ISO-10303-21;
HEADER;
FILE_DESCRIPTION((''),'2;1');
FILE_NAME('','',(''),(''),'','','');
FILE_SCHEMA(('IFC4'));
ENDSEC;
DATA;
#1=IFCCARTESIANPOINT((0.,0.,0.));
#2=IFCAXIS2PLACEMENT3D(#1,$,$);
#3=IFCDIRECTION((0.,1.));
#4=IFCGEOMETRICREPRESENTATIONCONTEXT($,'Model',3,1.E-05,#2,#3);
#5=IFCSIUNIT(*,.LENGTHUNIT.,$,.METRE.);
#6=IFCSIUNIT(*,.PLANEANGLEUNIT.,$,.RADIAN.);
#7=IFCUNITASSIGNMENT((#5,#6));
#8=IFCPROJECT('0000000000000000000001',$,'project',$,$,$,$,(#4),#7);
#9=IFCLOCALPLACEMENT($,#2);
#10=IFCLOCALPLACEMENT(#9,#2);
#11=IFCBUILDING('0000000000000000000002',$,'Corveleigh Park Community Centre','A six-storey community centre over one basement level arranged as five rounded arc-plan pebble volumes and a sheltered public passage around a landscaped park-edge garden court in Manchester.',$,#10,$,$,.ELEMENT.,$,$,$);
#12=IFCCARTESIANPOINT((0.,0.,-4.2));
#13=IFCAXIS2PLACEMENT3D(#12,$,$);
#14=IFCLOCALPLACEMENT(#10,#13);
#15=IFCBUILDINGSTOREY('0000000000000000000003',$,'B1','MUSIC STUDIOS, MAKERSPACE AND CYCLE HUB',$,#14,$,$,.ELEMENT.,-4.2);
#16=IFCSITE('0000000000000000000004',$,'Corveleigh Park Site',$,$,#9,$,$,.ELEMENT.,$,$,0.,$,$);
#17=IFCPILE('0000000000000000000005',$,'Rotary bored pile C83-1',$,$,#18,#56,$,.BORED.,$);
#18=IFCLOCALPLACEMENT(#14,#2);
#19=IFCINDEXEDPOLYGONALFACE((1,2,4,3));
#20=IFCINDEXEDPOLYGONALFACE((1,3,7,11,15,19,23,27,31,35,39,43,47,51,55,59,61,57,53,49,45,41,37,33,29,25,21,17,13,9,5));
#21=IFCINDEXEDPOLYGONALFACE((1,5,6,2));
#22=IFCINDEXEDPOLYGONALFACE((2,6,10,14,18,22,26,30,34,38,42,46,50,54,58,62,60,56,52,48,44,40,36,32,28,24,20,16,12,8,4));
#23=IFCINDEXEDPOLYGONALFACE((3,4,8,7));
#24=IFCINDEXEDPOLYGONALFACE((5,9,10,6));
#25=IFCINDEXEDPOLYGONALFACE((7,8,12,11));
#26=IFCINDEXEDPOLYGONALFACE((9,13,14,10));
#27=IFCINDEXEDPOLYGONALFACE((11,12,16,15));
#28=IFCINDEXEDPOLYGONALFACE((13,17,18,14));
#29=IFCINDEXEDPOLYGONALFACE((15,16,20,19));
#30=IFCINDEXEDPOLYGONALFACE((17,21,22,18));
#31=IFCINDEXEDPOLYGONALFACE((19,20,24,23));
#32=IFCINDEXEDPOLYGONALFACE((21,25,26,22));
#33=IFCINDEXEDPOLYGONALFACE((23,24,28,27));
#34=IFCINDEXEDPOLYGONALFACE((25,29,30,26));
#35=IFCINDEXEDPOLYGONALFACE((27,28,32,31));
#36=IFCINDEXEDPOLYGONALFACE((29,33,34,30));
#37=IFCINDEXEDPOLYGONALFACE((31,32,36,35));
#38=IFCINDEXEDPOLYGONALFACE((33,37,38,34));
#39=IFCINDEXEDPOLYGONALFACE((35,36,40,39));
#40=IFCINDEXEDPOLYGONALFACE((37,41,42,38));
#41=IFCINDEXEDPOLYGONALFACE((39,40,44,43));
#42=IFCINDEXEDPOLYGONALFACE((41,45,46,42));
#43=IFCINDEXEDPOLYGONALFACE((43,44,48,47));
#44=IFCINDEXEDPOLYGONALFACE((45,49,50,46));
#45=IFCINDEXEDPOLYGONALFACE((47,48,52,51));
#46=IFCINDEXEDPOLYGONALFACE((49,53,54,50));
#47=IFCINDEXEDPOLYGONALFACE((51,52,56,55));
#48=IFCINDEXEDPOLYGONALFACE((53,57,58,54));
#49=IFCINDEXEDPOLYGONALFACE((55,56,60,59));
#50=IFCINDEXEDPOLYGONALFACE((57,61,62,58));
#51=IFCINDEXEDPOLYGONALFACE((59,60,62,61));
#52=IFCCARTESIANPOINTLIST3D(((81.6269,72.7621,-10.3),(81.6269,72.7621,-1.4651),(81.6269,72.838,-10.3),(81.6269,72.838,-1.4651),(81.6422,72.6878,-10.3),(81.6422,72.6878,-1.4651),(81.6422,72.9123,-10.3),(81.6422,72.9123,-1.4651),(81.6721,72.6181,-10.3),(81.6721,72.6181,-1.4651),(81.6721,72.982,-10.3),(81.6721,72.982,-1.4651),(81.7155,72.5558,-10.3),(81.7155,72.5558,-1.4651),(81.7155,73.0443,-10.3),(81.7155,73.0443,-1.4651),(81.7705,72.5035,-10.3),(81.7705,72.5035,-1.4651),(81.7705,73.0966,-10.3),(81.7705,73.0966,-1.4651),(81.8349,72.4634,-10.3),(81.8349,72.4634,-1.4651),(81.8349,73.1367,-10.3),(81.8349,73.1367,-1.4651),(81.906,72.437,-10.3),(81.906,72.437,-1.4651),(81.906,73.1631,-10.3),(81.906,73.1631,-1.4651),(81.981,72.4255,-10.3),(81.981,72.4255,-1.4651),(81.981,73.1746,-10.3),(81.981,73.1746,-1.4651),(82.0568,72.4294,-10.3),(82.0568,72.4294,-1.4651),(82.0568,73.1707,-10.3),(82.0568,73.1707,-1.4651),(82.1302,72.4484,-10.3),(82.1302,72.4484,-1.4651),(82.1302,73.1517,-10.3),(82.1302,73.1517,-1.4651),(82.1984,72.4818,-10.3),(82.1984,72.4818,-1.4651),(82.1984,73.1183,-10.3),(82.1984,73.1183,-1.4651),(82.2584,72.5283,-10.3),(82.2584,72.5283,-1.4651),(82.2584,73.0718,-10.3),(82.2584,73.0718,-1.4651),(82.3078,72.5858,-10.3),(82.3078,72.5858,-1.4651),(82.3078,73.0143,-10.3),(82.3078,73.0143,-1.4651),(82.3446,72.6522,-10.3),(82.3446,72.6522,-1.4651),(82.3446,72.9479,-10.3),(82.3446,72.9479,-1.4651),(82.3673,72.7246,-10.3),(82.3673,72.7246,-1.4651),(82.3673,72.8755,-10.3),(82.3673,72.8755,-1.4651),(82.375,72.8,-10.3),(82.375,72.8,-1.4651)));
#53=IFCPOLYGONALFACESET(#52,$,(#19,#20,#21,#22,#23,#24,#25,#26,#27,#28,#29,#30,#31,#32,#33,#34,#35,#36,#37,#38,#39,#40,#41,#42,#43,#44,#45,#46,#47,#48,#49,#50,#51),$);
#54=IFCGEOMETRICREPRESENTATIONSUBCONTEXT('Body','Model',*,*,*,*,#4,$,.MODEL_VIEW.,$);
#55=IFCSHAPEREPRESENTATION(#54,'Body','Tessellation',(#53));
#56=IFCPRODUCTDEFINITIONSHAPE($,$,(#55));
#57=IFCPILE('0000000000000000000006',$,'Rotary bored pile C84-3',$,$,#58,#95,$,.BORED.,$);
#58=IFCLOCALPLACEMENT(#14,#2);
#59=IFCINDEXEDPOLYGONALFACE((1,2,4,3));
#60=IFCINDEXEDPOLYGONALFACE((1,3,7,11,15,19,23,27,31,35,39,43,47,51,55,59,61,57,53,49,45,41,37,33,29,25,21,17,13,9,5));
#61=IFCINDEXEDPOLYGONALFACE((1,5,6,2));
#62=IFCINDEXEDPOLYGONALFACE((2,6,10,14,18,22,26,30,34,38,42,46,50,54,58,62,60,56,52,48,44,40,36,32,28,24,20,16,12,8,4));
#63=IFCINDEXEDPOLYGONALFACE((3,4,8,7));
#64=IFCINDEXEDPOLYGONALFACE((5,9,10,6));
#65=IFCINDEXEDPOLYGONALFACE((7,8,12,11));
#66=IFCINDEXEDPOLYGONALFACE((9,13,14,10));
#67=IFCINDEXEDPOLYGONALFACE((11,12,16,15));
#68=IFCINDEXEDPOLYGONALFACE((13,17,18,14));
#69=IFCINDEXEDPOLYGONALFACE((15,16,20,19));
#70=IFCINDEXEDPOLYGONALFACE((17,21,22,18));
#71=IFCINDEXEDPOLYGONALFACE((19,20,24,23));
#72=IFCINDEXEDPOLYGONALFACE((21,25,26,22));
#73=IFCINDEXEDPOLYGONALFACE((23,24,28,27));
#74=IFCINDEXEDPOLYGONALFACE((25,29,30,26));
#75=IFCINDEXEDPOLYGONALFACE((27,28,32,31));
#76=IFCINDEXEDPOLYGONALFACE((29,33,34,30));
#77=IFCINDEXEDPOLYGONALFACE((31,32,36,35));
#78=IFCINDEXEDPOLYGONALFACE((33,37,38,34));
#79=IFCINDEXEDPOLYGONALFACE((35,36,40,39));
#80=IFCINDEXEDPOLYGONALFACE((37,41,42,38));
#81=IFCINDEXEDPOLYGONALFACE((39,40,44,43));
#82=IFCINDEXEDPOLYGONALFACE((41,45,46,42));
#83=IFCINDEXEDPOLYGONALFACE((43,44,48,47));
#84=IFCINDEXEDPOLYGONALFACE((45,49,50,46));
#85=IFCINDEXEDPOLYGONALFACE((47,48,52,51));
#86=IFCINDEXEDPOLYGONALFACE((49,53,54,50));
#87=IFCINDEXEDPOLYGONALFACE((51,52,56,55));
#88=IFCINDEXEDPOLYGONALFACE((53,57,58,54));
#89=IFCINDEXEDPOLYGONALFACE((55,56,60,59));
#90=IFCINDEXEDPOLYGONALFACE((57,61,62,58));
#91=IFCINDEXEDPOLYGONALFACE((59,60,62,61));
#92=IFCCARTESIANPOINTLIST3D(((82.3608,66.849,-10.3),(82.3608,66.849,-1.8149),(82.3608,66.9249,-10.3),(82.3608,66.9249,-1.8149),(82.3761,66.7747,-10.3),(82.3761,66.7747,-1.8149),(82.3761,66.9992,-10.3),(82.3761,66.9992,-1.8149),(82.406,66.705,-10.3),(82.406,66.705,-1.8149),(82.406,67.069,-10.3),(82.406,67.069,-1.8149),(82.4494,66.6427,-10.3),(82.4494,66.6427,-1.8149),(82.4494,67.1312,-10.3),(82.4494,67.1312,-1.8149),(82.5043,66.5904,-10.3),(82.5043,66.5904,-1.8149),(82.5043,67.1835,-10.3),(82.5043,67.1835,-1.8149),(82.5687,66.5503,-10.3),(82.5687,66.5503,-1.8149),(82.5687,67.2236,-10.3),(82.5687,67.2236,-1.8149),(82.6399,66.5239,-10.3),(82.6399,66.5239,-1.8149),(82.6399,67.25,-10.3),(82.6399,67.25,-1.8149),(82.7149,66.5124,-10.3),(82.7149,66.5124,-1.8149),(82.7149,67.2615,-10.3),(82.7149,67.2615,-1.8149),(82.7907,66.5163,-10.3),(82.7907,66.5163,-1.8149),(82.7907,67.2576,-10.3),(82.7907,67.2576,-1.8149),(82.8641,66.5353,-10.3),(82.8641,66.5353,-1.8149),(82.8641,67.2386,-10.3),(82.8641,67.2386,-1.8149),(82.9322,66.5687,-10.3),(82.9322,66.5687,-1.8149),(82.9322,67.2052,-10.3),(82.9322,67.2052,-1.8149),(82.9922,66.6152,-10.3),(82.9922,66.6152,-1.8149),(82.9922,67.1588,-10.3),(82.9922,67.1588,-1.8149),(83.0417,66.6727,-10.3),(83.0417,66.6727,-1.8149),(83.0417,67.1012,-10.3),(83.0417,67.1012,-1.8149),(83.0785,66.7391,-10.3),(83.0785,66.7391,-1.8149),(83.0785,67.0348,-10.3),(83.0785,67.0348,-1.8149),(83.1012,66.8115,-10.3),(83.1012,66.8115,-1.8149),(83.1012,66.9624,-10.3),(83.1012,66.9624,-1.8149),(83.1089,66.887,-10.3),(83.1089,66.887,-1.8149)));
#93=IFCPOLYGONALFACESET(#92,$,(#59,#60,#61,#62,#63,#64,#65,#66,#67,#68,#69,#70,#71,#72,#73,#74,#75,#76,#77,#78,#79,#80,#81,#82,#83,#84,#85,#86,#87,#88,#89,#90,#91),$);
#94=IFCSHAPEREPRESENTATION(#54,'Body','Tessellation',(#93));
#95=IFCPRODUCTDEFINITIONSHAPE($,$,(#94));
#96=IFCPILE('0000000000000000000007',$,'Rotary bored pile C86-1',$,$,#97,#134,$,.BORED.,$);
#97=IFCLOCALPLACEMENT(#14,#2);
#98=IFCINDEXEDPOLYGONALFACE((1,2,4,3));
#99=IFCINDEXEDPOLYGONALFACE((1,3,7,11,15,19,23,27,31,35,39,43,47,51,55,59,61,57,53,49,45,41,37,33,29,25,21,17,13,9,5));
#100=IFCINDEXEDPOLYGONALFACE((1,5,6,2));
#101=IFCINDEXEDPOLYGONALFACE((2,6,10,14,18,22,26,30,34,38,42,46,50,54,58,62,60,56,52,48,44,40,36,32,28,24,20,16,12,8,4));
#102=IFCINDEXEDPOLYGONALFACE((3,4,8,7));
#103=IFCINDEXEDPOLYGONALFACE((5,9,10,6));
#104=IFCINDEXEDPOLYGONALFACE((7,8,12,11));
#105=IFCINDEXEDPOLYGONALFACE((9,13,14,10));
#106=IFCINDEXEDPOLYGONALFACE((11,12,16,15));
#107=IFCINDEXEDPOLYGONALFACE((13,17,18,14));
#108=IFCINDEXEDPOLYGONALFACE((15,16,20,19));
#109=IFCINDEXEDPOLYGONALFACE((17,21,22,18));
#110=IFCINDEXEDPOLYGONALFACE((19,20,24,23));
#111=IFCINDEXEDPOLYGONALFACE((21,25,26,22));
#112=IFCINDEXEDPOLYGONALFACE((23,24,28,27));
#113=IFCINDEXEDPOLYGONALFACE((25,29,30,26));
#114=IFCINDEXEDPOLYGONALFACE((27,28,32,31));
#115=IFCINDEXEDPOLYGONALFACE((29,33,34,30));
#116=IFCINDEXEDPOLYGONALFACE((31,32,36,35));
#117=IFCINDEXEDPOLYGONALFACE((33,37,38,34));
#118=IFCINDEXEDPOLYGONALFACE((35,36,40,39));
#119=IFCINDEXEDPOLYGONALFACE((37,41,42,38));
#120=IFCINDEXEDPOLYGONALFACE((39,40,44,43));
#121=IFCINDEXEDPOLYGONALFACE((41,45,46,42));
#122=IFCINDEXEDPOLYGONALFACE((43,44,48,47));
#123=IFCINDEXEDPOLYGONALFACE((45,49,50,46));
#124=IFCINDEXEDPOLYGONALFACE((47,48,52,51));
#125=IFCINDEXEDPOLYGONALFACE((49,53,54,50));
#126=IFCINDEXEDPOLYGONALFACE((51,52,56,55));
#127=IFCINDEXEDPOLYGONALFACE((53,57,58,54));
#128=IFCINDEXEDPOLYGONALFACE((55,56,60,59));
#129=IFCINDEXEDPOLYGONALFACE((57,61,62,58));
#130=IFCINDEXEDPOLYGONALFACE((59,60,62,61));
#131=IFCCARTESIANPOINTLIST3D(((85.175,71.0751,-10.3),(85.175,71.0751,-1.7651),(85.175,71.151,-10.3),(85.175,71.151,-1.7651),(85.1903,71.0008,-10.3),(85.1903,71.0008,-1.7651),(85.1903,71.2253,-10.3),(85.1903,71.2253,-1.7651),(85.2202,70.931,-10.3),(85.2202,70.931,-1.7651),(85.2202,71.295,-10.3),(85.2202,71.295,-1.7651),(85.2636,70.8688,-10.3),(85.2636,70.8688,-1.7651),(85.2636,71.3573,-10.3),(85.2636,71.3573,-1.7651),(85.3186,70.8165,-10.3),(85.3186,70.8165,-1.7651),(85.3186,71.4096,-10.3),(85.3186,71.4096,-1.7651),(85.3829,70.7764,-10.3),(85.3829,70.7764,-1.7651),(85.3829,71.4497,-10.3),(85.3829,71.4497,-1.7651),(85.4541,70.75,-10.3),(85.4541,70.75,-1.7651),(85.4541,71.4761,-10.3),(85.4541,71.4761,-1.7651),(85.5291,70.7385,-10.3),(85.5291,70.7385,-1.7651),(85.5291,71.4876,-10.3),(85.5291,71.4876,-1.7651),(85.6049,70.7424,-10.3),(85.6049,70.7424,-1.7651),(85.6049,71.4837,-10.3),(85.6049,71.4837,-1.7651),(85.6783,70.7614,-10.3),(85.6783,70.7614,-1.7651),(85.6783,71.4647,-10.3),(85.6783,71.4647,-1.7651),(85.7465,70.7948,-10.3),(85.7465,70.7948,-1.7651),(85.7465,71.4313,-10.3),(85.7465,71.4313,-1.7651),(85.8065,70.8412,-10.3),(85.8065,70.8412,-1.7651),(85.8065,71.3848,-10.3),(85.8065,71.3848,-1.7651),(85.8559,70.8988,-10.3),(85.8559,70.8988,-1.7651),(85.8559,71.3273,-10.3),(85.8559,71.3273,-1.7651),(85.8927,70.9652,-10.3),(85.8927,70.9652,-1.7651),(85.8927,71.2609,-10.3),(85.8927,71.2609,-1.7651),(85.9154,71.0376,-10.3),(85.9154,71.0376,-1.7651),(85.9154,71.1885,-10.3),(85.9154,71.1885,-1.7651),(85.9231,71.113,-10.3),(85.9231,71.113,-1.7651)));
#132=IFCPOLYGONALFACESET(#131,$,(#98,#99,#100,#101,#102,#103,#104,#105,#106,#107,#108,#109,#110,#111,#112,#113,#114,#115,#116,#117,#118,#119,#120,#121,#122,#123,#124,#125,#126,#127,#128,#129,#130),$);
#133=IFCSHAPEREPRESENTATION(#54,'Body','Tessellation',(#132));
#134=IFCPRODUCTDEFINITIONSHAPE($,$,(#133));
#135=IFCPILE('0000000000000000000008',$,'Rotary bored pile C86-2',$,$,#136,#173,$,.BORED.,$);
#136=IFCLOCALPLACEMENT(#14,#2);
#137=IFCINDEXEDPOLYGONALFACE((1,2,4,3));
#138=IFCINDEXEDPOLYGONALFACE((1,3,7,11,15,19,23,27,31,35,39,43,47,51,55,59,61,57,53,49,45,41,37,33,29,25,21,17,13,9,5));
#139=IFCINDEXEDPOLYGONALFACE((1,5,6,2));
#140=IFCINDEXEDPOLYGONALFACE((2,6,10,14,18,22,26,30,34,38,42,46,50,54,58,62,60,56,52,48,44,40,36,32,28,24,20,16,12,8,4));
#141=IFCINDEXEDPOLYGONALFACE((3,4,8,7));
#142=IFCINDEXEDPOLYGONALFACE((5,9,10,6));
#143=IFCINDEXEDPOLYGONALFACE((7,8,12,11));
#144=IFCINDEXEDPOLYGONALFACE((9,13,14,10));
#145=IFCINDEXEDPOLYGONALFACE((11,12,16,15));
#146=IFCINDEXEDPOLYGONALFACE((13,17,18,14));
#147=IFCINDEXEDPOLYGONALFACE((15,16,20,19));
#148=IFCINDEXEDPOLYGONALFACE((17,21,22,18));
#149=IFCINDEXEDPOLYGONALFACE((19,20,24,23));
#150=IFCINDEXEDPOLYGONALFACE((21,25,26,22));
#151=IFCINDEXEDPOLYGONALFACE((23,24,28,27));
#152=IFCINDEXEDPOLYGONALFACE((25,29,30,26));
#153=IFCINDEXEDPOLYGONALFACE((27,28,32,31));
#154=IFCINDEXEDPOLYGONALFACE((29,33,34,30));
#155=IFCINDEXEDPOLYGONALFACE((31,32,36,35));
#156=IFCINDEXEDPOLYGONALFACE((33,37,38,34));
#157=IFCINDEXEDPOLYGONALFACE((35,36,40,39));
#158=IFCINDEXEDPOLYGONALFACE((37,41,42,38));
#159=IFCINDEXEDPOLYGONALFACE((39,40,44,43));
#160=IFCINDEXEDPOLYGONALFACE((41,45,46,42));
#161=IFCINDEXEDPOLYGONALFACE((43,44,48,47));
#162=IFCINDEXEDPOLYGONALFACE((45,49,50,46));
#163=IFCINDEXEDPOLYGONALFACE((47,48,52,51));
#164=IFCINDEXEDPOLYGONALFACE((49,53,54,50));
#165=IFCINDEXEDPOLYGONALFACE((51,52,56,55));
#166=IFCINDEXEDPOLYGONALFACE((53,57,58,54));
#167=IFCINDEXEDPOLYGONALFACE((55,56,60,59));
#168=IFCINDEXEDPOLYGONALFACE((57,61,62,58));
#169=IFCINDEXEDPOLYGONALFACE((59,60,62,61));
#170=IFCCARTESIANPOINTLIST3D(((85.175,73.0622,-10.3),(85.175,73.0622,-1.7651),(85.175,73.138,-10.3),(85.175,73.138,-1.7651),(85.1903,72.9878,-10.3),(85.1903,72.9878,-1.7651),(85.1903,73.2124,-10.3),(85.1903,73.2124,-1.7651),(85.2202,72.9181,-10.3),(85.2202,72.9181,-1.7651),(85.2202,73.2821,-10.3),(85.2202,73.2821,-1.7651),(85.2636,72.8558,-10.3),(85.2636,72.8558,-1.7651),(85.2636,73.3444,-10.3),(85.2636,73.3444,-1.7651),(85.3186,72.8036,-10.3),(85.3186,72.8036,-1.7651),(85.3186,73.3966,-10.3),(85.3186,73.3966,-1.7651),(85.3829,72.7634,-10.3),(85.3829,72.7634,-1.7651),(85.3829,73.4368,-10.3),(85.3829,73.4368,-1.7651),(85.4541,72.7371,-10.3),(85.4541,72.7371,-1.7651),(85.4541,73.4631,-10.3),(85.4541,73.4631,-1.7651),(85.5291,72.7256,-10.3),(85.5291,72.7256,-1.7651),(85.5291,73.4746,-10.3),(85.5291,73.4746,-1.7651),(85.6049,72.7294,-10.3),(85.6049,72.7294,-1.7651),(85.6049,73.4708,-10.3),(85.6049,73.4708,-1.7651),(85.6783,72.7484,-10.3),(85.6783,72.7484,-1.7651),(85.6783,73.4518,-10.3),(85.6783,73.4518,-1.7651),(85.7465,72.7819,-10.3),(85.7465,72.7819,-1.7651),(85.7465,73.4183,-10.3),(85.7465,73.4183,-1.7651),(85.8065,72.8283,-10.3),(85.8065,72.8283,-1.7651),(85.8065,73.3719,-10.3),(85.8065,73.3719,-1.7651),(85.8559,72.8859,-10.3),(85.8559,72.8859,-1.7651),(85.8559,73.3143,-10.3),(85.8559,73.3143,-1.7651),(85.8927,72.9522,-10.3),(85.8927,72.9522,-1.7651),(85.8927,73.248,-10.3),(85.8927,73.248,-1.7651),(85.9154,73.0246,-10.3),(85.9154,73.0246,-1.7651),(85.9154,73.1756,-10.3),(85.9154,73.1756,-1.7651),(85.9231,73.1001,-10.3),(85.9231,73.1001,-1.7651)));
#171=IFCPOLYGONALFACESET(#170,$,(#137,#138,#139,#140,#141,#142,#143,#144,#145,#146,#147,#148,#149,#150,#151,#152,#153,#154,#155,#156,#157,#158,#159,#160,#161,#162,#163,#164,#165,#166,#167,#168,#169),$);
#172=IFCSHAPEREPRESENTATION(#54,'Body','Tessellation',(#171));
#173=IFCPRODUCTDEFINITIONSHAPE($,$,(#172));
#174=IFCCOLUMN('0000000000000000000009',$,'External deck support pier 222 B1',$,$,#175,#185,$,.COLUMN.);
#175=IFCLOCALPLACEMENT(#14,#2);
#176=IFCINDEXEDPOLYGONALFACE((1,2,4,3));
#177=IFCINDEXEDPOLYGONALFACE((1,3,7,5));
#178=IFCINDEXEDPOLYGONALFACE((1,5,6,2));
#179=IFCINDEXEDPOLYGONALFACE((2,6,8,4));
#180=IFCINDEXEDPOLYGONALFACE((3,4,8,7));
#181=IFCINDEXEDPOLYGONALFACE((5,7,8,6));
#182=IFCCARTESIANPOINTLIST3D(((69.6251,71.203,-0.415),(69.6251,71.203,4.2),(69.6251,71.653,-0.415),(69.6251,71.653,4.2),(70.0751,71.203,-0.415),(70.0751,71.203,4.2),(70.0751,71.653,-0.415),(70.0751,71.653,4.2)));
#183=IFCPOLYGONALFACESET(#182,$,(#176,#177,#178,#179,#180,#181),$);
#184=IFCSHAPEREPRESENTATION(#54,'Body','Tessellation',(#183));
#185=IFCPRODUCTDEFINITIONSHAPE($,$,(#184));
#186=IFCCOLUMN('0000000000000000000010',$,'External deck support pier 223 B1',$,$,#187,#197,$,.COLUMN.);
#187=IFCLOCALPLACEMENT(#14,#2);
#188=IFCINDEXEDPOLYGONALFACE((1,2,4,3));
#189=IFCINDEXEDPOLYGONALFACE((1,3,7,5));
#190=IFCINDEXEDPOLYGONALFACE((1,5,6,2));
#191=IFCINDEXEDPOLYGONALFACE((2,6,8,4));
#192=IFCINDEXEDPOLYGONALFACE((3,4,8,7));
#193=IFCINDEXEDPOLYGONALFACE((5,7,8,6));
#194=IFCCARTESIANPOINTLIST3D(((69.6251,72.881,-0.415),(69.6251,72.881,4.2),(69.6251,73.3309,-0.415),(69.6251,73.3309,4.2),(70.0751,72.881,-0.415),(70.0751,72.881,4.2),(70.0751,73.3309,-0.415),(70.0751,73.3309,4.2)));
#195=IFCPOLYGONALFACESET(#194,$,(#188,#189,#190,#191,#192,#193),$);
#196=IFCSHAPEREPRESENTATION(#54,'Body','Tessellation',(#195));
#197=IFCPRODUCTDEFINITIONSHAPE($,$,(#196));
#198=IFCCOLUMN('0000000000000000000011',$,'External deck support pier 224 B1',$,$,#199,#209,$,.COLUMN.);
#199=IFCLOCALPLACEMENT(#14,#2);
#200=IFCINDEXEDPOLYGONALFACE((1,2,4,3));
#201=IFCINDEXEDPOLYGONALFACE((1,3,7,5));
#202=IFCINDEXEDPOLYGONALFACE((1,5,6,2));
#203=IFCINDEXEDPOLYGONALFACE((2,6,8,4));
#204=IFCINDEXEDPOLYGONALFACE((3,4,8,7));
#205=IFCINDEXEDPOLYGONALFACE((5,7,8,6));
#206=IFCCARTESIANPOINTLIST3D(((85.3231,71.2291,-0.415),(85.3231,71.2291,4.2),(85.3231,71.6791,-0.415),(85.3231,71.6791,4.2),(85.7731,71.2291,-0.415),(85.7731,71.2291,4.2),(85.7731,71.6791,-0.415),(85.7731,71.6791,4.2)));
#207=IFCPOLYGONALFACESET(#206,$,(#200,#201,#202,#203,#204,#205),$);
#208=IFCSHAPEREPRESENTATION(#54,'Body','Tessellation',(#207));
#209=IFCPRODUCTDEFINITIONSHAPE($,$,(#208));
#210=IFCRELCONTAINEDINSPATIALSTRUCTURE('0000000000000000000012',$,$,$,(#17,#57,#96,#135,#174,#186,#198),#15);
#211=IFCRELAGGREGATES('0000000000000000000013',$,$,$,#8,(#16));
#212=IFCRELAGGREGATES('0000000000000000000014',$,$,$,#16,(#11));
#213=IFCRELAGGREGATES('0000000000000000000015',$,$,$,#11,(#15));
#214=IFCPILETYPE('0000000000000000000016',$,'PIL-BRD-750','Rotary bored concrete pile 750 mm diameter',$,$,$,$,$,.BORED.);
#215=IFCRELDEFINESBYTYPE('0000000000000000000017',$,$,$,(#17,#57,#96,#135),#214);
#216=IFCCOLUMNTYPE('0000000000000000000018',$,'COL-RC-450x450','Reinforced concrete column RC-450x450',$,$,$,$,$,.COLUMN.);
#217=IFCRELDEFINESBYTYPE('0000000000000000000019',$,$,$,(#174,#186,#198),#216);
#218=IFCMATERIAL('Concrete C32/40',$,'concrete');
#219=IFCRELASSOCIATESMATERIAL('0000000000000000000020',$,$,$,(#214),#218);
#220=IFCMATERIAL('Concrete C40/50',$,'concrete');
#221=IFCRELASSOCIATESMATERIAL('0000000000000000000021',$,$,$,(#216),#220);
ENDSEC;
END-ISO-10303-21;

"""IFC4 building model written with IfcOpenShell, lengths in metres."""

from ifc_helpers import new_model, si_unit, direction, frame, origin, origin_2d, place, context, subcontext, project, spatial, rectangle, circle, extrude, material, material_profile, profile_set, type_object, element, save


model = new_model("IFC4")

# Units and contexts
model_context = context("Model", 3, precision=1e-05, world=origin(), true_north=direction((0.0, 1.0)))
body_context = subcontext(model_context, "Body", "Model", "MODEL_VIEW")
ifc_project = project(units=[si_unit("LENGTHUNIT", "METRE"), si_unit("PLANEANGLEUNIT", "RADIAN")], contexts=[model_context])

# Site, building, storey
site_placement = place(None, origin())
site = spatial("IfcSite", under=ifc_project, at=site_placement, Name="Corveleigh Park Site", CompositionType="ELEMENT", RefElevation=0.0)
building_placement = place(site_placement, origin())
building = spatial("IfcBuilding", under=site, at=building_placement, Name="Corveleigh Park Community Centre", Description="A six-storey community centre over one basement level arranged as five rounded arc-plan pebble volumes and a sheltered public passage around a landscaped park-edge garden court in Manchester.", CompositionType="ELEMENT")
storey_placement = place(building_placement, frame((0.0, 0.0, -4.2)))
storey = spatial("IfcBuildingStorey", under=building, at=storey_placement, Name="B1", Description="MUSIC STUDIOS, MAKERSPACE AND CYCLE HUB", CompositionType="ELEMENT", Elevation=-4.2)

# Shared definitions
ifc_material_1 = material(Name="Concrete C40/50", Category="concrete")

# Piles
ifc_material_2 = material(Name="Concrete C32/40", Category="concrete")
ifc_material_profile_1 = material_profile(ifc_material_2, circle(Radius=0.375, at=origin_2d()), Name="BORED-PILE-750", Category="concrete")
ifc_profile_set_1 = profile_set([ifc_material_profile_1], Name="Concrete C32/40")
pile_type = type_object("IfcPileType", Name="PIL-BRD-750", Description="Rotary bored concrete pile 750 mm diameter", PredefinedType="BORED", material=ifc_profile_set_1)
pile_1_placement = place(storey_placement, frame((82.0, 72.8, -1.4651), z_axis=(0.0, 0.0, -1.0), x_axis=(1.0, 0.0, 0.0)))
element("IfcPile", 1, at=pile_1_placement, inside=storey, type_object=pile_type, Name="Rotary bored pile C83-1", PredefinedType="BORED", context=body_context, shape_type="SweptSolid", body=[
    extrude(circle(Radius=0.375, at=origin_2d()), origin(), (0.0, 0.0, 1.0), 8.835),
])
pile_2_placement = place(storey_placement, frame((82.7339, 66.887, -1.8149), z_axis=(0.0, 0.0, -1.0), x_axis=(1.0, 0.0, 0.0)))
element("IfcPile", 2, at=pile_2_placement, inside=storey, type_object=pile_type, Name="Rotary bored pile C84-3", PredefinedType="BORED", context=body_context, shape_type="SweptSolid", body=[
    extrude(circle(Radius=0.375, at=origin_2d()), origin(), (0.0, 0.0, 1.0), 8.4851),
])
for number, where, z_axis, x_axis, name in (
    (3, (85.5481, 71.113, -1.7651), (0.0, 0.0, -1.0), (1.0, 0.0, 0.0), "Rotary bored pile C86-1"),
    (4, (85.5481, 73.1001, -1.7651), (0.0, 0.0, -1.0), (1.0, 0.0, 0.0), "Rotary bored pile C86-2"),
):
    element("IfcPile", number, at=place(storey_placement, frame(where, z_axis=z_axis, x_axis=x_axis)), inside=storey, type_object=pile_type, Name=name, PredefinedType="BORED", context=body_context, shape_type="SweptSolid", body=[
        extrude(circle(Radius=0.375, at=origin_2d()), origin(), (0.0, 0.0, 1.0), 8.5349),
    ])

# Columns
ifc_material_profile_2 = material_profile(ifc_material_1, rectangle(XDim=0.45, YDim=0.45, at=origin_2d()), Name="RC-450x450", Category="concrete")
ifc_profile_set_2 = profile_set([ifc_material_profile_2], Name="Concrete C40/50")
column_type_1 = type_object("IfcColumnType", Name="COL-RC-450x450", Description="Reinforced concrete column RC-450x450", PredefinedType="COLUMN", material=ifc_profile_set_2)
for number, where, z_axis, x_axis, name in (
    (5, (69.8501, 71.428, -0.415), (0.0, 0.0, 1.0), (1.0, 0.0, 0.0), "External deck support pier 222 B1"),
    (6, (69.8501, 73.106, -0.415), (0.0, 0.0, 1.0), (1.0, 0.0, 0.0), "External deck support pier 223 B1"),
    (7, (85.5481, 71.4541, -0.415), (0.0, 0.0, 1.0), (1.0, 0.0, 0.0), "External deck support pier 224 B1"),
):
    element("IfcColumn", number, at=place(storey_placement, frame(where, z_axis=z_axis, x_axis=x_axis)), inside=storey, type_object=column_type_1, Name=name, PredefinedType="COLUMN", context=body_context, shape_type="SweptSolid", body=[
        extrude(rectangle(XDim=0.45, YDim=0.45, at=origin_2d()), origin(), (0.0, 0.0, 1.0), 4.615),
    ])

save(model, "model.ifc")
